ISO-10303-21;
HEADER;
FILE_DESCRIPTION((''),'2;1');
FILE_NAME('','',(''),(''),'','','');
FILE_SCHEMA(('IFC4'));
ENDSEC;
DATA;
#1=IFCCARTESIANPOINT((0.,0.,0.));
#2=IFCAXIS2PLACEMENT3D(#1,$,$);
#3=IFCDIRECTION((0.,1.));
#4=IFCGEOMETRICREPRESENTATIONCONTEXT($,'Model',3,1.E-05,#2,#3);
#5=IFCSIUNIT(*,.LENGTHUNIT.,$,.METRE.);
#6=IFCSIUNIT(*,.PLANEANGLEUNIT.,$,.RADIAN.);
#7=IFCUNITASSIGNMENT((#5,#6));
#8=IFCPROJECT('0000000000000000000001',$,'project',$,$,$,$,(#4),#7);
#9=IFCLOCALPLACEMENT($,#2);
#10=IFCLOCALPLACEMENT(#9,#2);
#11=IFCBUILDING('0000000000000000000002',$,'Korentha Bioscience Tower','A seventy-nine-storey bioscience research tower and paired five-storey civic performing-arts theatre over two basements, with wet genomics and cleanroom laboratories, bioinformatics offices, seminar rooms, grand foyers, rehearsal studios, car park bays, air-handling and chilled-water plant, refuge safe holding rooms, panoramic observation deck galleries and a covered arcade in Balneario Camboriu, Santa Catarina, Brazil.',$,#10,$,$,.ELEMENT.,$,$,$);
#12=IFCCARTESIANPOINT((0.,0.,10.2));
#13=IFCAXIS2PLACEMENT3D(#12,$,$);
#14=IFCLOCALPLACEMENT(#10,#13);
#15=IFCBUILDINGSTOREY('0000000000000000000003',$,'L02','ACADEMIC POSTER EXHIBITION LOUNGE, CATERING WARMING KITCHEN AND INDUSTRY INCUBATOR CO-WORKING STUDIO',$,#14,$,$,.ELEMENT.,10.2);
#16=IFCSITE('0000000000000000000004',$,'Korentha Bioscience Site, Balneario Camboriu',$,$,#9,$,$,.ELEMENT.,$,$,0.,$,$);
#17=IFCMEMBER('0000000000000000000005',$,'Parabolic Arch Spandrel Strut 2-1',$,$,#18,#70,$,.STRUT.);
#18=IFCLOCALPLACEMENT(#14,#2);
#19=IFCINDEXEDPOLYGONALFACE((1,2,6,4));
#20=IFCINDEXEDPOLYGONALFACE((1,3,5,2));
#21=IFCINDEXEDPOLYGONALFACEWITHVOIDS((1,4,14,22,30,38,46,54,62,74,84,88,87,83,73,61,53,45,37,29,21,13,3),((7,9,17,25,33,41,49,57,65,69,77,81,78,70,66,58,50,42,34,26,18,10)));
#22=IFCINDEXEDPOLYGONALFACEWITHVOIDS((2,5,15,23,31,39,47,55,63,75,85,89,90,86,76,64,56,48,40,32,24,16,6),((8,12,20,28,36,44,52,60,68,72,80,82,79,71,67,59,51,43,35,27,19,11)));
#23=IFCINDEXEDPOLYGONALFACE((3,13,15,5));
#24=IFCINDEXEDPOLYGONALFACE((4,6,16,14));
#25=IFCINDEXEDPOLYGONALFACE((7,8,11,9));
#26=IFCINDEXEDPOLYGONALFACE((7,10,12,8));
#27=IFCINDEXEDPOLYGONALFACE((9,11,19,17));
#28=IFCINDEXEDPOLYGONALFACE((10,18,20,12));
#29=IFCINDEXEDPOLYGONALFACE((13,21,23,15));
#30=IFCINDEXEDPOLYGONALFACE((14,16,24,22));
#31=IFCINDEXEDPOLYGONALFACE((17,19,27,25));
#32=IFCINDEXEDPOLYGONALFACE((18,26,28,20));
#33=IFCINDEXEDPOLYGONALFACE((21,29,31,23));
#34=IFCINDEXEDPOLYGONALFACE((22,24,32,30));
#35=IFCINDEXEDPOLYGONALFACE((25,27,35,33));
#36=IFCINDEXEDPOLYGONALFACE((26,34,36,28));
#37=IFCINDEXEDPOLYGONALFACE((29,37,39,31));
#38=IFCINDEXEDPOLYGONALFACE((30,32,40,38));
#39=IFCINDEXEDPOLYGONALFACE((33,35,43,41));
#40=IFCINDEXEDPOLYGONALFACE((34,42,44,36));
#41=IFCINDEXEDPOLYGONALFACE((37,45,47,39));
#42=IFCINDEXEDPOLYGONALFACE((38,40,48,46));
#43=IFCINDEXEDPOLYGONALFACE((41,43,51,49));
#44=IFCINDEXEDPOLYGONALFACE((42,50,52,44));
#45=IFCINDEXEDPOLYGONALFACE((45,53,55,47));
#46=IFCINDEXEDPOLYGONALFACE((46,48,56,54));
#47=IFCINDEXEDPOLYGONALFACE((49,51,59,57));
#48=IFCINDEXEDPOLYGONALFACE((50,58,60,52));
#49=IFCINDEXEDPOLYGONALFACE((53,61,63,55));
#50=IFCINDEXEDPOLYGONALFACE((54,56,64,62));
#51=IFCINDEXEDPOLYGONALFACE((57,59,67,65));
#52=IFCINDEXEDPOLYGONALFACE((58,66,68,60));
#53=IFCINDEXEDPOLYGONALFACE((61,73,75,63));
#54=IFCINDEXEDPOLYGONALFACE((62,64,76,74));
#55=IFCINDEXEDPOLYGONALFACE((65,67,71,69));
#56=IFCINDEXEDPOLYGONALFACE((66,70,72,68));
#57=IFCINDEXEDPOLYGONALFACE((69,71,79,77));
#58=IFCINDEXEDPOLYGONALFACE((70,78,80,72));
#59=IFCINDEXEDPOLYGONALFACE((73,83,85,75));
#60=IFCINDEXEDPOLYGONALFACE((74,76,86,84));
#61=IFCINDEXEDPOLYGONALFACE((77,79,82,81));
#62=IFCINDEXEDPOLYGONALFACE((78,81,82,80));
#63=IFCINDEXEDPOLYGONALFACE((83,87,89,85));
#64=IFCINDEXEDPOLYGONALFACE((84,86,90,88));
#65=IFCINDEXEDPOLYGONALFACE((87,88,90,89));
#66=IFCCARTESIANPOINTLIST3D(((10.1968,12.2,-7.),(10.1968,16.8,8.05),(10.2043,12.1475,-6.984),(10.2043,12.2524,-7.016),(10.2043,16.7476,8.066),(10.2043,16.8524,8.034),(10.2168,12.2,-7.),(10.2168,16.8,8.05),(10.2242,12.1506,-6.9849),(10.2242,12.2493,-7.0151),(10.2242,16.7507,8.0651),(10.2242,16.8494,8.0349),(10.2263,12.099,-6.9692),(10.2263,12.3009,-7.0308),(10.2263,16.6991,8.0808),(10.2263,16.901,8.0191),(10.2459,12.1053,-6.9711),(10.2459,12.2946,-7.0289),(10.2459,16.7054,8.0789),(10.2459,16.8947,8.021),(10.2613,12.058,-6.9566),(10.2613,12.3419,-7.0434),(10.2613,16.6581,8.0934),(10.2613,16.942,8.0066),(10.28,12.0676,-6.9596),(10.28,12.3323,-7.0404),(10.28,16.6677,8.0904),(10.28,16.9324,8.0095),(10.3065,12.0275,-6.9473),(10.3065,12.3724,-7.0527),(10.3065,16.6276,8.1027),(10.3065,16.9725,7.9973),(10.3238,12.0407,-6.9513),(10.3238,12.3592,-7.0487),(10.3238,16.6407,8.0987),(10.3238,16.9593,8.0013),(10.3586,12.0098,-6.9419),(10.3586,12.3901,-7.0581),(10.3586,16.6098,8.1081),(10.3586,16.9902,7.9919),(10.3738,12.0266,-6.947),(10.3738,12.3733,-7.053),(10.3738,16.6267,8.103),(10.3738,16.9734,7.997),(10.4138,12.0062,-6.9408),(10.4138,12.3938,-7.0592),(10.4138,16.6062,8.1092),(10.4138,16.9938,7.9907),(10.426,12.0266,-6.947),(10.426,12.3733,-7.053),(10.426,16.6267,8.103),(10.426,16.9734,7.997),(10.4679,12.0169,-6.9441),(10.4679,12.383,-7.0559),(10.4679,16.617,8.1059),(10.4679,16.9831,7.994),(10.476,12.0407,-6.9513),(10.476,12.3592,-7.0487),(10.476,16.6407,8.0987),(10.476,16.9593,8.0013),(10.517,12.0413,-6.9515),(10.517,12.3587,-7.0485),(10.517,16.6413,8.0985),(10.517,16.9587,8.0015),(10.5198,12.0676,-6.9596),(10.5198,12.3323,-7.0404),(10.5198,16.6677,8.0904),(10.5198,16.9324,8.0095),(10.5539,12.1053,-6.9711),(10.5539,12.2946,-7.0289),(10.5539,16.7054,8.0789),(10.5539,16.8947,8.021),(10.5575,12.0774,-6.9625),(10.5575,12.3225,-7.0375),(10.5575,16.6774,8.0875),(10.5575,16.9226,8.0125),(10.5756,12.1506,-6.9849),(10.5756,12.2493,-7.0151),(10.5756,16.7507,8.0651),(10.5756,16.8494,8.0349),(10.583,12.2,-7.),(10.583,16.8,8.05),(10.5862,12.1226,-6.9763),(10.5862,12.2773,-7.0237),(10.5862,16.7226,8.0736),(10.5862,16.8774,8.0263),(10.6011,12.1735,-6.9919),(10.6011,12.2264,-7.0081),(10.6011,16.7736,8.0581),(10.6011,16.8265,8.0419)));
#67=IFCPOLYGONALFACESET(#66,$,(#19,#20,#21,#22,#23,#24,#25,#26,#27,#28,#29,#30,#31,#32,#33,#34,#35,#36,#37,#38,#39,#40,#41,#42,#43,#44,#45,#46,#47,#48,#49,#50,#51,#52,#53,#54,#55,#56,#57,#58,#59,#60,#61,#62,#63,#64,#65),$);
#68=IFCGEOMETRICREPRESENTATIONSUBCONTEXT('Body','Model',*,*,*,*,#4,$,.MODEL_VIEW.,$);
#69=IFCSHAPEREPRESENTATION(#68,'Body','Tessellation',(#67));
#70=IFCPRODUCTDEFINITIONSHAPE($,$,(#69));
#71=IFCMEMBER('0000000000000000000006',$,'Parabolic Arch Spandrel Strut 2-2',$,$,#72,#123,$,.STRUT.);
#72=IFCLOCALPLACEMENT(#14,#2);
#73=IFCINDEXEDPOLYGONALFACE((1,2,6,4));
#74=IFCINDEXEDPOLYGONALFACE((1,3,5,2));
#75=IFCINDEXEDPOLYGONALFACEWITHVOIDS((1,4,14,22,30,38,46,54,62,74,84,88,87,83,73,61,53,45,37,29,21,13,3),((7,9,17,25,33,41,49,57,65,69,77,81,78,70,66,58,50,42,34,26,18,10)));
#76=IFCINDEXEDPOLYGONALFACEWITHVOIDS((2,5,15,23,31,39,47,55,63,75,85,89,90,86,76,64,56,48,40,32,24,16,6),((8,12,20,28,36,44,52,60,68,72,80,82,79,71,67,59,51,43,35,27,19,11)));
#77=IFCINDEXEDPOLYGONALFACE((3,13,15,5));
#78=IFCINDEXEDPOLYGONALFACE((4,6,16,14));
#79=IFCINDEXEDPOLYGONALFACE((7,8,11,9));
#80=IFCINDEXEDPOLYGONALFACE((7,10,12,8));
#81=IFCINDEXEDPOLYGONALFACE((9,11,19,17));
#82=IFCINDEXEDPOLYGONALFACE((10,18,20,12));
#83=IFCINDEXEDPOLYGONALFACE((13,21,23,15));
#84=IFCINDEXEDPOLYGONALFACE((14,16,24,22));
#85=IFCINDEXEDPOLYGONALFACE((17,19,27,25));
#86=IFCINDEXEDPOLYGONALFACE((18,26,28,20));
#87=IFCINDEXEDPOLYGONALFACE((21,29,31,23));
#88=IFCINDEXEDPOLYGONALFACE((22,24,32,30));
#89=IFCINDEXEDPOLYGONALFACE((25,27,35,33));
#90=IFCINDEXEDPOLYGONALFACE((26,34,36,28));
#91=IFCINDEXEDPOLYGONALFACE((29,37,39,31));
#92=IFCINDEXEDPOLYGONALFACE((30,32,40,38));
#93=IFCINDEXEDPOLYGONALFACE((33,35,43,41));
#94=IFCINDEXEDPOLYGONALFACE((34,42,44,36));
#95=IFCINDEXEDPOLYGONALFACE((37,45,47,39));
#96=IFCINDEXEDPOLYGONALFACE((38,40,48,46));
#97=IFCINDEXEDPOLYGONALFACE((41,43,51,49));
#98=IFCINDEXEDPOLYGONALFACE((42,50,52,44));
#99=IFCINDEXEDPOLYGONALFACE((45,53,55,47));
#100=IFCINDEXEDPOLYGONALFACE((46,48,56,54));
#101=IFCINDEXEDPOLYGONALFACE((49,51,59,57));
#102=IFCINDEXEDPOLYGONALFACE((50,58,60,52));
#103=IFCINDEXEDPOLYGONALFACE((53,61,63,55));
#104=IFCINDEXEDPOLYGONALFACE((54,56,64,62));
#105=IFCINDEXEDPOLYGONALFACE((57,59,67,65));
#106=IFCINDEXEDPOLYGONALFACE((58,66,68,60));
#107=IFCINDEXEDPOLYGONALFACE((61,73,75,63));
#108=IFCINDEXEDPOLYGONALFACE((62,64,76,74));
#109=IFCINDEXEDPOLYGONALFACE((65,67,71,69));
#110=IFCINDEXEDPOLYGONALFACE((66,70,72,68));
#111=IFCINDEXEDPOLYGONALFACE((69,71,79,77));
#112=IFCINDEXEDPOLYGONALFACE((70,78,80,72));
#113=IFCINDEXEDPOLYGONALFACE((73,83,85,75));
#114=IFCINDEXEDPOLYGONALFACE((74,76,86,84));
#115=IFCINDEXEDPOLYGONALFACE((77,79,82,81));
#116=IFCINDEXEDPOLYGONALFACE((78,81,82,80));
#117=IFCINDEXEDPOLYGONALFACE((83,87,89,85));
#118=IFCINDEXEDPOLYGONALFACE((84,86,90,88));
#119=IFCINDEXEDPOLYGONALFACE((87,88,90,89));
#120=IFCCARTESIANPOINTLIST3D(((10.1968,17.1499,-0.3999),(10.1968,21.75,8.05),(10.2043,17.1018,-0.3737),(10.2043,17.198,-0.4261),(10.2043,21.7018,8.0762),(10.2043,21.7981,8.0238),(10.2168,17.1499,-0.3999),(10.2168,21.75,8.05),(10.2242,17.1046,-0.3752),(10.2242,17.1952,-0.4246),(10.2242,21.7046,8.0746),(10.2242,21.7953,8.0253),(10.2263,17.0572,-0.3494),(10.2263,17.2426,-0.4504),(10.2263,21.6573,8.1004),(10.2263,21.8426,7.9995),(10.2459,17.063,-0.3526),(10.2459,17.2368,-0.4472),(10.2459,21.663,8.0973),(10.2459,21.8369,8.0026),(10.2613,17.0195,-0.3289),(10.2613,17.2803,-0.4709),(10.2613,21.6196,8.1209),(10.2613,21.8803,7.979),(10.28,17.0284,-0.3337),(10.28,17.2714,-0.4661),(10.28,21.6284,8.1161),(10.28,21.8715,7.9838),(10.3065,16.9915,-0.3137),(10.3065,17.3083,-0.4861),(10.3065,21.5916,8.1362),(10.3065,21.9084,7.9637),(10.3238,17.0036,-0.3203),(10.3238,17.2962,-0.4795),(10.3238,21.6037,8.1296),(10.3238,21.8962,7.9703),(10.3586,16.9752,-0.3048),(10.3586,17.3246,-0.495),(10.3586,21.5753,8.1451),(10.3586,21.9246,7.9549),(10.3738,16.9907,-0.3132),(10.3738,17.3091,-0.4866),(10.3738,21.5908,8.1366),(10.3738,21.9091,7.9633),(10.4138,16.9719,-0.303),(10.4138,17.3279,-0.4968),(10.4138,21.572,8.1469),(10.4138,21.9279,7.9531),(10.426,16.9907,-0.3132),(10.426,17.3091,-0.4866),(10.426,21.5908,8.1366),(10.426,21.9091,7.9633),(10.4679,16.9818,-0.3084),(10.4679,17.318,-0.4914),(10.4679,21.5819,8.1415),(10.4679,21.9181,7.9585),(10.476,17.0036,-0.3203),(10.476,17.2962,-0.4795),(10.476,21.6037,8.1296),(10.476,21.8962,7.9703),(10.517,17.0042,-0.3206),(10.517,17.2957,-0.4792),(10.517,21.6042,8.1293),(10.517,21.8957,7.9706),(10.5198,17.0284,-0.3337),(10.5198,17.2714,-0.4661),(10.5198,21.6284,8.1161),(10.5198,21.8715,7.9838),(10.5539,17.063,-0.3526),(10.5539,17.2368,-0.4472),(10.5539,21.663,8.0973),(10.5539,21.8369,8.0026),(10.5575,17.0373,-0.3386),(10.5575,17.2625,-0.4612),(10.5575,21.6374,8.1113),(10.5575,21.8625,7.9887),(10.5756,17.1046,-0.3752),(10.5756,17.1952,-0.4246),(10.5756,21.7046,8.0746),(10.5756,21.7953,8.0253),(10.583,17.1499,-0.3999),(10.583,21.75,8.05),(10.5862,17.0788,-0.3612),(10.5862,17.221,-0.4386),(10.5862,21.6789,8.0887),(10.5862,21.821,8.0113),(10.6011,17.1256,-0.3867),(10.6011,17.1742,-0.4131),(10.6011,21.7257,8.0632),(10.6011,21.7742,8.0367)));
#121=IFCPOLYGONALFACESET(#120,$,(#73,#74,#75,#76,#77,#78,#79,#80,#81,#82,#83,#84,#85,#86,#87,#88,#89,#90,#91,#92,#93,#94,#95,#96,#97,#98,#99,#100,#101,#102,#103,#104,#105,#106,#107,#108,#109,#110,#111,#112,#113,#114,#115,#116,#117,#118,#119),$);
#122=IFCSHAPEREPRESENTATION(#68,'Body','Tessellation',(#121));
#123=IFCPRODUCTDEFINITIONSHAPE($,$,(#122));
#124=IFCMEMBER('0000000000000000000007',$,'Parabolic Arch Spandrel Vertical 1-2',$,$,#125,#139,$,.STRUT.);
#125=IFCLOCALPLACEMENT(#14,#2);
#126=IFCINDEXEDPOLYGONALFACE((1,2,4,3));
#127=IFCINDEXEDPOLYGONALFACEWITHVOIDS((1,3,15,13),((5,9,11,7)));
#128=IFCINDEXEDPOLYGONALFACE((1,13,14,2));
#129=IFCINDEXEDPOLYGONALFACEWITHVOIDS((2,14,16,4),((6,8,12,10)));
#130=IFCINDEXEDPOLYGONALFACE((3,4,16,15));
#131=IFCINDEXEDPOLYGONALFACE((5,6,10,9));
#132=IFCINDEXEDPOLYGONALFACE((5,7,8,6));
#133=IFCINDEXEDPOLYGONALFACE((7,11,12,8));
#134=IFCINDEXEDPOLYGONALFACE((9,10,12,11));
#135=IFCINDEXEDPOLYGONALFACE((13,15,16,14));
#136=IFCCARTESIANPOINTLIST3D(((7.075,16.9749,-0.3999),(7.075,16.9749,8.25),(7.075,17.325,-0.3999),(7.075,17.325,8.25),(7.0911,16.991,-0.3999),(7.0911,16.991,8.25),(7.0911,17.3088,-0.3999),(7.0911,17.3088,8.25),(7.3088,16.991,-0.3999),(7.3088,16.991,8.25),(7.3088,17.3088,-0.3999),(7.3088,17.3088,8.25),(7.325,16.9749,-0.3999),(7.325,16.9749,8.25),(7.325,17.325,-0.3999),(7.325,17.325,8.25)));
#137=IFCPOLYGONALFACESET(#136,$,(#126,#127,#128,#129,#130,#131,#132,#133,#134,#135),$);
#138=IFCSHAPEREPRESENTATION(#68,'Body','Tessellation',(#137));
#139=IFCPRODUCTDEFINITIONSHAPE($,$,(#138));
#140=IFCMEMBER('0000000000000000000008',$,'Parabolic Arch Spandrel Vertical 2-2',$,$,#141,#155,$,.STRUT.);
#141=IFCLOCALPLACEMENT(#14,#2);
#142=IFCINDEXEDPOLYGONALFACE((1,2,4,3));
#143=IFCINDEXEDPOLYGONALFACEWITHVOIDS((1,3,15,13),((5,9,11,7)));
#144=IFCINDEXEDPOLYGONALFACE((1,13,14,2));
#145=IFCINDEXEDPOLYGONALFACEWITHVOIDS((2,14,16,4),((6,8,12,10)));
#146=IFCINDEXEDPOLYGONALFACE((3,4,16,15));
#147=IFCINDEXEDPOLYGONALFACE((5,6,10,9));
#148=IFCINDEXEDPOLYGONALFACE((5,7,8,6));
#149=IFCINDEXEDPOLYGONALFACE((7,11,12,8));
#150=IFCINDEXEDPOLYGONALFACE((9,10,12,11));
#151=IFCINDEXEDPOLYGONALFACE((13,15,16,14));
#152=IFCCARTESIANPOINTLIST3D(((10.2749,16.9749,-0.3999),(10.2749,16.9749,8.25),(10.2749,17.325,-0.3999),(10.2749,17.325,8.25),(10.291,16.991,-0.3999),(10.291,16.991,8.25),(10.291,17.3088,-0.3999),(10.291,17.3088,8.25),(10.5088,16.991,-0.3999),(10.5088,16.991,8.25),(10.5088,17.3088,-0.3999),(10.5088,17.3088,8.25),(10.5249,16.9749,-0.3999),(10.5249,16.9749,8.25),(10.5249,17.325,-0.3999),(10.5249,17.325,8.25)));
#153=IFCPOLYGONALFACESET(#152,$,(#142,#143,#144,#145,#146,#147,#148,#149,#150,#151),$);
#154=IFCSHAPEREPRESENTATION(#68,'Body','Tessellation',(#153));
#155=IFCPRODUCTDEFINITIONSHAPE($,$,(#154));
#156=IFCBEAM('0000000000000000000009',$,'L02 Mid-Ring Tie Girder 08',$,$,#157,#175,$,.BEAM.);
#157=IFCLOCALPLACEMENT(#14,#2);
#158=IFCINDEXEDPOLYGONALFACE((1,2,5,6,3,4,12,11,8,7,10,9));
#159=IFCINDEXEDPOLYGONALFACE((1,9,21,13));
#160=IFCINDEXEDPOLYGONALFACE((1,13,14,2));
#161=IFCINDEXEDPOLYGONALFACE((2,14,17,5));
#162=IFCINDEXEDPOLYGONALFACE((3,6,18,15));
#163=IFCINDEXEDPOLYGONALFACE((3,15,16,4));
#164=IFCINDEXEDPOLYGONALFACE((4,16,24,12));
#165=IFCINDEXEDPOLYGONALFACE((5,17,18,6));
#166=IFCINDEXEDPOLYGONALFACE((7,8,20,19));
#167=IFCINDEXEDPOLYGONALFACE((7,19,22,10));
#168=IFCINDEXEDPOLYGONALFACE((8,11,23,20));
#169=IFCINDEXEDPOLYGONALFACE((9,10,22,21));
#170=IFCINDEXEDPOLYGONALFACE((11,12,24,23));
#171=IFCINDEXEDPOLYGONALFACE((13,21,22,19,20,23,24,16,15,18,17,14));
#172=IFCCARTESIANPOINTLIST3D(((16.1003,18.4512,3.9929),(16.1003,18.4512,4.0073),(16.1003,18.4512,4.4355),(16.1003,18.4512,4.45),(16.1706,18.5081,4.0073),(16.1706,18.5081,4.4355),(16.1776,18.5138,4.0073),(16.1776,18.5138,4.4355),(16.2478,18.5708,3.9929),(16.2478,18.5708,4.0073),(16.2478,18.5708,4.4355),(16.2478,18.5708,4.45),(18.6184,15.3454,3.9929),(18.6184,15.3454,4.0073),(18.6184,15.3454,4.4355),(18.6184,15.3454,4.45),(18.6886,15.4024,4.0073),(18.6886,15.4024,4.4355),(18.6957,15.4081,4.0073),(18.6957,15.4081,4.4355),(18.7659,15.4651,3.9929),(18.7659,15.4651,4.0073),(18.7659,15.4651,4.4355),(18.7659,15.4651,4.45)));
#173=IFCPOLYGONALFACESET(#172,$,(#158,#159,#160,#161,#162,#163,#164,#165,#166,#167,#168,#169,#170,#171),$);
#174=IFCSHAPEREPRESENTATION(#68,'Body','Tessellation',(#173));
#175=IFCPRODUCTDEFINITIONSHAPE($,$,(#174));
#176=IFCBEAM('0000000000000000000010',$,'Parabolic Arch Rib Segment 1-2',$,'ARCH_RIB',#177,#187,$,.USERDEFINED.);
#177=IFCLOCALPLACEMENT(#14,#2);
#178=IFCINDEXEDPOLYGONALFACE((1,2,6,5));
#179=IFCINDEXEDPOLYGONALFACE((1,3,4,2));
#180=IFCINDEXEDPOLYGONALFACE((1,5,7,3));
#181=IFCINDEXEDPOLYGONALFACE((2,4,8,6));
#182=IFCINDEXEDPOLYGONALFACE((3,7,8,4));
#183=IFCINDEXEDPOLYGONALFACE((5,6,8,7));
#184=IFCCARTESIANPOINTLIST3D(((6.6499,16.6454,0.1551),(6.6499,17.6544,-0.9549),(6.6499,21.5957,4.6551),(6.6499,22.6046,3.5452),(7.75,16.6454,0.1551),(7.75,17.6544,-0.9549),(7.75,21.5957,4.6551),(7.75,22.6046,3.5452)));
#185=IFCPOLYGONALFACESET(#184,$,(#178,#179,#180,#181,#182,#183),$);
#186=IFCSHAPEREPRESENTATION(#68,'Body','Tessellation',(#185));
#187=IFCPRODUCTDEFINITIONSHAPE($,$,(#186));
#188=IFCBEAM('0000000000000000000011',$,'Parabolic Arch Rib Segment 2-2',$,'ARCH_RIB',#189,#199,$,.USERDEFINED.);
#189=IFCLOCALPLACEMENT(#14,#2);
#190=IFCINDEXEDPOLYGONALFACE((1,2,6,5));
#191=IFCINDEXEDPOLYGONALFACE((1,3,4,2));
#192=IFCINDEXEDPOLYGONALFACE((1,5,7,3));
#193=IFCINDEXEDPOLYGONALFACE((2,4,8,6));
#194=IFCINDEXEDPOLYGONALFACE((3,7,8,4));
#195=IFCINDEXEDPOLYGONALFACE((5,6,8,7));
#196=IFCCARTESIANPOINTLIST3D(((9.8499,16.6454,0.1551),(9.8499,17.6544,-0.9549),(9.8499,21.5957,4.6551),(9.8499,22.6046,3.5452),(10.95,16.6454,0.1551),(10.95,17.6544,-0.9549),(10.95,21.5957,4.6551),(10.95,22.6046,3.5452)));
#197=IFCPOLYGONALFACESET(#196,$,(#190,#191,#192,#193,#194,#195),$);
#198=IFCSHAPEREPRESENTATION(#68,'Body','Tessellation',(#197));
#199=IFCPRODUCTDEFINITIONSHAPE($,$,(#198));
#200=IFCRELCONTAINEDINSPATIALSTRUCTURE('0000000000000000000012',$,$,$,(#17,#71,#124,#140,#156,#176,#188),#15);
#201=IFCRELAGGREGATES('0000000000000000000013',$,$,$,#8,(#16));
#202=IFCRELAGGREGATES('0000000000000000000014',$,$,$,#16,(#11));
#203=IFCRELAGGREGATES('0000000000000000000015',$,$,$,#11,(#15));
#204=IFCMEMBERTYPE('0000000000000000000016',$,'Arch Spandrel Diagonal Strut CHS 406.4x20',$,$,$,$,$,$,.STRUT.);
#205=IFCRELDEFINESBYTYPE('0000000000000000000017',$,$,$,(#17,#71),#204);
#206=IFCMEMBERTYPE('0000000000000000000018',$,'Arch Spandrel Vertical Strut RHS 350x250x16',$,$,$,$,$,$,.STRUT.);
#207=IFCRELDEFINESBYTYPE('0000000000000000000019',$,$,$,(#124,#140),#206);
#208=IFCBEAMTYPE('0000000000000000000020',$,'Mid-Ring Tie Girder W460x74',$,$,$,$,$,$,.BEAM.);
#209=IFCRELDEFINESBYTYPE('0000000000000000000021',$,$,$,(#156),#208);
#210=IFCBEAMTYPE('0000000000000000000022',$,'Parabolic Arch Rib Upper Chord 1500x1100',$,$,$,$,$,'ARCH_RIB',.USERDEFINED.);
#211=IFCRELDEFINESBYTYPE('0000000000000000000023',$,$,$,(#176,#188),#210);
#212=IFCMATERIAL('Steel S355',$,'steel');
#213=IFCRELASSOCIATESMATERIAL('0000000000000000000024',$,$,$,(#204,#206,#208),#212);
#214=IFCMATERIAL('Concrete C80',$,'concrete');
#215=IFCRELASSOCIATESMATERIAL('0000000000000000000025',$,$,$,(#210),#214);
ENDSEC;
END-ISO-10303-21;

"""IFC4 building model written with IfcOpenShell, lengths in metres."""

from ifc_helpers import new_model, si_unit, direction, frame, origin, origin_2d, place, context, subcontext, project, spatial, rectangle, hollow_rectangle, hollow_circle, i_section, extrude, material, material_profile, profile_set, type_object, element, save


model = new_model("IFC4")

# Units and contexts
model_context = context("Model", 3, precision=1e-05, world=origin(), true_north=direction((0.0, 1.0)))
body_context = subcontext(model_context, "Body", "Model", "MODEL_VIEW")
ifc_project = project(units=[si_unit("LENGTHUNIT", "METRE"), si_unit("PLANEANGLEUNIT", "RADIAN")], contexts=[model_context])

# Site, building, storey
site_placement = place(None, origin())
site = spatial("IfcSite", under=ifc_project, at=site_placement, Name="Korentha Bioscience Site, Balneario Camboriu", CompositionType="ELEMENT", RefElevation=0.0)
building_placement = place(site_placement, origin())
building = spatial("IfcBuilding", under=site, at=building_placement, Name="Korentha Bioscience Tower", Description="A seventy-nine-storey bioscience research tower and paired five-storey civic performing-arts theatre over two basements, with wet genomics and cleanroom laboratories, bioinformatics offices, seminar rooms, grand foyers, rehearsal studios, car park bays, air-handling and chilled-water plant, refuge safe holding rooms, panoramic observation deck galleries and a covered arcade in Balneario Camboriu, Santa Catarina, Brazil.", CompositionType="ELEMENT")
storey_placement = place(building_placement, frame((0.0, 0.0, 10.2)))
storey = spatial("IfcBuildingStorey", under=building, at=storey_placement, Name="L02", Description="ACADEMIC POSTER EXHIBITION LOUNGE, CATERING WARMING KITCHEN AND INDUSTRY INCUBATOR CO-WORKING STUDIO", CompositionType="ELEMENT", Elevation=10.2)

# Shared definitions
ifc_material_1 = material(Name="Concrete C80", Category="concrete")

# Members
ifc_material_2 = material(Name="Steel S355", Category="steel")
ifc_material_profile_1 = material_profile(ifc_material_2, hollow_circle(Radius=0.2031, WallThickness=0.02, at=origin_2d()), Name="Steel S355")
ifc_profile_set_1 = profile_set([ifc_material_profile_1], Name="Steel S355 (AR-ST406)")
member_type_1 = type_object("IfcMemberType", Name="Arch Spandrel Diagonal Strut CHS 406.4x20", PredefinedType="STRUT", material=ifc_profile_set_1)
member_1_placement = place(storey_placement, frame((10.3999, 12.2, -7.0), z_axis=(0.0, 0.292304, 0.956325), x_axis=(-1.0, 0.0, 0.0)))
element("IfcMember", 1, at=member_1_placement, inside=storey, type_object=member_type_1, Name="Parabolic Arch Spandrel Strut 2-1", PredefinedType="STRUT", context=body_context, shape_type="SweptSolid", body=[
    extrude(hollow_circle(Radius=0.2031, WallThickness=0.02, at=origin_2d()), origin(), (0.0, 0.0, 1.0), 15.7373),
])
member_2_placement = place(storey_placement, frame((10.3999, 17.1499, -0.3999), z_axis=(0.0, 0.478134, 0.878287), x_axis=(-1.0, 0.0, 0.0)))
element("IfcMember", 2, at=member_2_placement, inside=storey, type_object=member_type_1, Name="Parabolic Arch Spandrel Strut 2-2", PredefinedType="STRUT", context=body_context, shape_type="SweptSolid", body=[
    extrude(hollow_circle(Radius=0.2031, WallThickness=0.02, at=origin_2d()), origin(), (0.0, 0.0, 1.0), 9.6208),
])
ifc_material_profile_2 = material_profile(ifc_material_2, hollow_rectangle(XDim=0.25, YDim=0.3501, WallThickness=0.0161, at=origin_2d()), Name="Steel S355")
ifc_profile_set_2 = profile_set([ifc_material_profile_2], Name="Steel S355 (BT-P350)")
member_type_2 = type_object("IfcMemberType", Name="Arch Spandrel Vertical Strut RHS 350x250x16", PredefinedType="STRUT", material=ifc_profile_set_2)
for number, where, z_axis, x_axis, name in (
    (3, (7.2, 17.1499, -0.3999), (0.0, 0.0, 1.0), (1.0, 0.0, 0.0), "Parabolic Arch Spandrel Vertical 1-2"),
    (4, (10.3999, 17.1499, -0.3999), (0.0, 0.0, 1.0), (1.0, 0.0, 0.0), "Parabolic Arch Spandrel Vertical 2-2"),
):
    element("IfcMember", number, at=place(storey_placement, frame(where, z_axis=z_axis, x_axis=x_axis)), inside=storey, type_object=member_type_2, Name=name, PredefinedType="STRUT", context=body_context, shape_type="SweptSolid", body=[
        extrude(hollow_rectangle(XDim=0.25, YDim=0.3501, WallThickness=0.0161, at=origin_2d()), origin(), (0.0, 0.0, 1.0), 8.6499),
    ])

# Beams
ifc_material_profile_3 = material_profile(ifc_material_2, i_section(OverallWidth=0.1899, OverallDepth=0.457, WebThickness=0.009, FlangeThickness=0.0144, at=origin_2d()), Name="Steel S355")
ifc_profile_set_3 = profile_set([ifc_material_profile_3], Name="Steel S355 (MB-460)")
beam_type_1 = type_object("IfcBeamType", Name="Mid-Ring Tie Girder W460x74", PredefinedType="BEAM", material=ifc_profile_set_3)
beam_placement = place(storey_placement, frame((16.1741, 18.511, 4.2214), z_axis=(0.62979, -0.776765, 0.0), x_axis=(0.776765, 0.62979, 0.0)))
element("IfcBeam", 5, at=beam_placement, inside=storey, type_object=beam_type_1, Name="L02 Mid-Ring Tie Girder 08", PredefinedType="BEAM", context=body_context, shape_type="SweptSolid", body=[
    extrude(i_section(OverallWidth=0.1899, OverallDepth=0.457, WebThickness=0.009, FlangeThickness=0.0144, at=origin_2d()), origin(), (0.0, 0.0, 1.0), 3.9983),
])
ifc_material_profile_4 = material_profile(ifc_material_1, rectangle(XDim=1.1001, YDim=1.5, at=origin_2d()), Name="Concrete C80")
ifc_profile_set_4 = profile_set([ifc_material_profile_4], Name="Concrete C80 (AR-B1)")
beam_type_2 = type_object("IfcBeamType", Name="Parabolic Arch Rib Upper Chord 1500x1100", ElementType="ARCH_RIB", PredefinedType="USERDEFINED", material=ifc_profile_set_4)
for number, where, z_axis, x_axis, name in (
    (6, (7.2, 17.1499, -0.3999), (0.0, 0.739953, 0.672658), (-1.0, 0.0, 0.0), "Parabolic Arch Rib Segment 1-2"),
    (7, (10.3999, 17.1499, -0.3999), (0.0, 0.739953, 0.672658), (-1.0, 0.0, 0.0), "Parabolic Arch Rib Segment 2-2"),
):
    element("IfcBeam", number, at=place(storey_placement, frame(where, z_axis=z_axis, x_axis=x_axis)), inside=storey, type_object=beam_type_2, Name=name, ObjectType="ARCH_RIB", PredefinedType="USERDEFINED", context=body_context, shape_type="SweptSolid", body=[
        extrude(rectangle(XDim=1.1001, YDim=1.5, at=origin_2d()), origin(), (0.0, 0.0, 1.0), 6.6899),
    ])

save(model, "model.ifc")
